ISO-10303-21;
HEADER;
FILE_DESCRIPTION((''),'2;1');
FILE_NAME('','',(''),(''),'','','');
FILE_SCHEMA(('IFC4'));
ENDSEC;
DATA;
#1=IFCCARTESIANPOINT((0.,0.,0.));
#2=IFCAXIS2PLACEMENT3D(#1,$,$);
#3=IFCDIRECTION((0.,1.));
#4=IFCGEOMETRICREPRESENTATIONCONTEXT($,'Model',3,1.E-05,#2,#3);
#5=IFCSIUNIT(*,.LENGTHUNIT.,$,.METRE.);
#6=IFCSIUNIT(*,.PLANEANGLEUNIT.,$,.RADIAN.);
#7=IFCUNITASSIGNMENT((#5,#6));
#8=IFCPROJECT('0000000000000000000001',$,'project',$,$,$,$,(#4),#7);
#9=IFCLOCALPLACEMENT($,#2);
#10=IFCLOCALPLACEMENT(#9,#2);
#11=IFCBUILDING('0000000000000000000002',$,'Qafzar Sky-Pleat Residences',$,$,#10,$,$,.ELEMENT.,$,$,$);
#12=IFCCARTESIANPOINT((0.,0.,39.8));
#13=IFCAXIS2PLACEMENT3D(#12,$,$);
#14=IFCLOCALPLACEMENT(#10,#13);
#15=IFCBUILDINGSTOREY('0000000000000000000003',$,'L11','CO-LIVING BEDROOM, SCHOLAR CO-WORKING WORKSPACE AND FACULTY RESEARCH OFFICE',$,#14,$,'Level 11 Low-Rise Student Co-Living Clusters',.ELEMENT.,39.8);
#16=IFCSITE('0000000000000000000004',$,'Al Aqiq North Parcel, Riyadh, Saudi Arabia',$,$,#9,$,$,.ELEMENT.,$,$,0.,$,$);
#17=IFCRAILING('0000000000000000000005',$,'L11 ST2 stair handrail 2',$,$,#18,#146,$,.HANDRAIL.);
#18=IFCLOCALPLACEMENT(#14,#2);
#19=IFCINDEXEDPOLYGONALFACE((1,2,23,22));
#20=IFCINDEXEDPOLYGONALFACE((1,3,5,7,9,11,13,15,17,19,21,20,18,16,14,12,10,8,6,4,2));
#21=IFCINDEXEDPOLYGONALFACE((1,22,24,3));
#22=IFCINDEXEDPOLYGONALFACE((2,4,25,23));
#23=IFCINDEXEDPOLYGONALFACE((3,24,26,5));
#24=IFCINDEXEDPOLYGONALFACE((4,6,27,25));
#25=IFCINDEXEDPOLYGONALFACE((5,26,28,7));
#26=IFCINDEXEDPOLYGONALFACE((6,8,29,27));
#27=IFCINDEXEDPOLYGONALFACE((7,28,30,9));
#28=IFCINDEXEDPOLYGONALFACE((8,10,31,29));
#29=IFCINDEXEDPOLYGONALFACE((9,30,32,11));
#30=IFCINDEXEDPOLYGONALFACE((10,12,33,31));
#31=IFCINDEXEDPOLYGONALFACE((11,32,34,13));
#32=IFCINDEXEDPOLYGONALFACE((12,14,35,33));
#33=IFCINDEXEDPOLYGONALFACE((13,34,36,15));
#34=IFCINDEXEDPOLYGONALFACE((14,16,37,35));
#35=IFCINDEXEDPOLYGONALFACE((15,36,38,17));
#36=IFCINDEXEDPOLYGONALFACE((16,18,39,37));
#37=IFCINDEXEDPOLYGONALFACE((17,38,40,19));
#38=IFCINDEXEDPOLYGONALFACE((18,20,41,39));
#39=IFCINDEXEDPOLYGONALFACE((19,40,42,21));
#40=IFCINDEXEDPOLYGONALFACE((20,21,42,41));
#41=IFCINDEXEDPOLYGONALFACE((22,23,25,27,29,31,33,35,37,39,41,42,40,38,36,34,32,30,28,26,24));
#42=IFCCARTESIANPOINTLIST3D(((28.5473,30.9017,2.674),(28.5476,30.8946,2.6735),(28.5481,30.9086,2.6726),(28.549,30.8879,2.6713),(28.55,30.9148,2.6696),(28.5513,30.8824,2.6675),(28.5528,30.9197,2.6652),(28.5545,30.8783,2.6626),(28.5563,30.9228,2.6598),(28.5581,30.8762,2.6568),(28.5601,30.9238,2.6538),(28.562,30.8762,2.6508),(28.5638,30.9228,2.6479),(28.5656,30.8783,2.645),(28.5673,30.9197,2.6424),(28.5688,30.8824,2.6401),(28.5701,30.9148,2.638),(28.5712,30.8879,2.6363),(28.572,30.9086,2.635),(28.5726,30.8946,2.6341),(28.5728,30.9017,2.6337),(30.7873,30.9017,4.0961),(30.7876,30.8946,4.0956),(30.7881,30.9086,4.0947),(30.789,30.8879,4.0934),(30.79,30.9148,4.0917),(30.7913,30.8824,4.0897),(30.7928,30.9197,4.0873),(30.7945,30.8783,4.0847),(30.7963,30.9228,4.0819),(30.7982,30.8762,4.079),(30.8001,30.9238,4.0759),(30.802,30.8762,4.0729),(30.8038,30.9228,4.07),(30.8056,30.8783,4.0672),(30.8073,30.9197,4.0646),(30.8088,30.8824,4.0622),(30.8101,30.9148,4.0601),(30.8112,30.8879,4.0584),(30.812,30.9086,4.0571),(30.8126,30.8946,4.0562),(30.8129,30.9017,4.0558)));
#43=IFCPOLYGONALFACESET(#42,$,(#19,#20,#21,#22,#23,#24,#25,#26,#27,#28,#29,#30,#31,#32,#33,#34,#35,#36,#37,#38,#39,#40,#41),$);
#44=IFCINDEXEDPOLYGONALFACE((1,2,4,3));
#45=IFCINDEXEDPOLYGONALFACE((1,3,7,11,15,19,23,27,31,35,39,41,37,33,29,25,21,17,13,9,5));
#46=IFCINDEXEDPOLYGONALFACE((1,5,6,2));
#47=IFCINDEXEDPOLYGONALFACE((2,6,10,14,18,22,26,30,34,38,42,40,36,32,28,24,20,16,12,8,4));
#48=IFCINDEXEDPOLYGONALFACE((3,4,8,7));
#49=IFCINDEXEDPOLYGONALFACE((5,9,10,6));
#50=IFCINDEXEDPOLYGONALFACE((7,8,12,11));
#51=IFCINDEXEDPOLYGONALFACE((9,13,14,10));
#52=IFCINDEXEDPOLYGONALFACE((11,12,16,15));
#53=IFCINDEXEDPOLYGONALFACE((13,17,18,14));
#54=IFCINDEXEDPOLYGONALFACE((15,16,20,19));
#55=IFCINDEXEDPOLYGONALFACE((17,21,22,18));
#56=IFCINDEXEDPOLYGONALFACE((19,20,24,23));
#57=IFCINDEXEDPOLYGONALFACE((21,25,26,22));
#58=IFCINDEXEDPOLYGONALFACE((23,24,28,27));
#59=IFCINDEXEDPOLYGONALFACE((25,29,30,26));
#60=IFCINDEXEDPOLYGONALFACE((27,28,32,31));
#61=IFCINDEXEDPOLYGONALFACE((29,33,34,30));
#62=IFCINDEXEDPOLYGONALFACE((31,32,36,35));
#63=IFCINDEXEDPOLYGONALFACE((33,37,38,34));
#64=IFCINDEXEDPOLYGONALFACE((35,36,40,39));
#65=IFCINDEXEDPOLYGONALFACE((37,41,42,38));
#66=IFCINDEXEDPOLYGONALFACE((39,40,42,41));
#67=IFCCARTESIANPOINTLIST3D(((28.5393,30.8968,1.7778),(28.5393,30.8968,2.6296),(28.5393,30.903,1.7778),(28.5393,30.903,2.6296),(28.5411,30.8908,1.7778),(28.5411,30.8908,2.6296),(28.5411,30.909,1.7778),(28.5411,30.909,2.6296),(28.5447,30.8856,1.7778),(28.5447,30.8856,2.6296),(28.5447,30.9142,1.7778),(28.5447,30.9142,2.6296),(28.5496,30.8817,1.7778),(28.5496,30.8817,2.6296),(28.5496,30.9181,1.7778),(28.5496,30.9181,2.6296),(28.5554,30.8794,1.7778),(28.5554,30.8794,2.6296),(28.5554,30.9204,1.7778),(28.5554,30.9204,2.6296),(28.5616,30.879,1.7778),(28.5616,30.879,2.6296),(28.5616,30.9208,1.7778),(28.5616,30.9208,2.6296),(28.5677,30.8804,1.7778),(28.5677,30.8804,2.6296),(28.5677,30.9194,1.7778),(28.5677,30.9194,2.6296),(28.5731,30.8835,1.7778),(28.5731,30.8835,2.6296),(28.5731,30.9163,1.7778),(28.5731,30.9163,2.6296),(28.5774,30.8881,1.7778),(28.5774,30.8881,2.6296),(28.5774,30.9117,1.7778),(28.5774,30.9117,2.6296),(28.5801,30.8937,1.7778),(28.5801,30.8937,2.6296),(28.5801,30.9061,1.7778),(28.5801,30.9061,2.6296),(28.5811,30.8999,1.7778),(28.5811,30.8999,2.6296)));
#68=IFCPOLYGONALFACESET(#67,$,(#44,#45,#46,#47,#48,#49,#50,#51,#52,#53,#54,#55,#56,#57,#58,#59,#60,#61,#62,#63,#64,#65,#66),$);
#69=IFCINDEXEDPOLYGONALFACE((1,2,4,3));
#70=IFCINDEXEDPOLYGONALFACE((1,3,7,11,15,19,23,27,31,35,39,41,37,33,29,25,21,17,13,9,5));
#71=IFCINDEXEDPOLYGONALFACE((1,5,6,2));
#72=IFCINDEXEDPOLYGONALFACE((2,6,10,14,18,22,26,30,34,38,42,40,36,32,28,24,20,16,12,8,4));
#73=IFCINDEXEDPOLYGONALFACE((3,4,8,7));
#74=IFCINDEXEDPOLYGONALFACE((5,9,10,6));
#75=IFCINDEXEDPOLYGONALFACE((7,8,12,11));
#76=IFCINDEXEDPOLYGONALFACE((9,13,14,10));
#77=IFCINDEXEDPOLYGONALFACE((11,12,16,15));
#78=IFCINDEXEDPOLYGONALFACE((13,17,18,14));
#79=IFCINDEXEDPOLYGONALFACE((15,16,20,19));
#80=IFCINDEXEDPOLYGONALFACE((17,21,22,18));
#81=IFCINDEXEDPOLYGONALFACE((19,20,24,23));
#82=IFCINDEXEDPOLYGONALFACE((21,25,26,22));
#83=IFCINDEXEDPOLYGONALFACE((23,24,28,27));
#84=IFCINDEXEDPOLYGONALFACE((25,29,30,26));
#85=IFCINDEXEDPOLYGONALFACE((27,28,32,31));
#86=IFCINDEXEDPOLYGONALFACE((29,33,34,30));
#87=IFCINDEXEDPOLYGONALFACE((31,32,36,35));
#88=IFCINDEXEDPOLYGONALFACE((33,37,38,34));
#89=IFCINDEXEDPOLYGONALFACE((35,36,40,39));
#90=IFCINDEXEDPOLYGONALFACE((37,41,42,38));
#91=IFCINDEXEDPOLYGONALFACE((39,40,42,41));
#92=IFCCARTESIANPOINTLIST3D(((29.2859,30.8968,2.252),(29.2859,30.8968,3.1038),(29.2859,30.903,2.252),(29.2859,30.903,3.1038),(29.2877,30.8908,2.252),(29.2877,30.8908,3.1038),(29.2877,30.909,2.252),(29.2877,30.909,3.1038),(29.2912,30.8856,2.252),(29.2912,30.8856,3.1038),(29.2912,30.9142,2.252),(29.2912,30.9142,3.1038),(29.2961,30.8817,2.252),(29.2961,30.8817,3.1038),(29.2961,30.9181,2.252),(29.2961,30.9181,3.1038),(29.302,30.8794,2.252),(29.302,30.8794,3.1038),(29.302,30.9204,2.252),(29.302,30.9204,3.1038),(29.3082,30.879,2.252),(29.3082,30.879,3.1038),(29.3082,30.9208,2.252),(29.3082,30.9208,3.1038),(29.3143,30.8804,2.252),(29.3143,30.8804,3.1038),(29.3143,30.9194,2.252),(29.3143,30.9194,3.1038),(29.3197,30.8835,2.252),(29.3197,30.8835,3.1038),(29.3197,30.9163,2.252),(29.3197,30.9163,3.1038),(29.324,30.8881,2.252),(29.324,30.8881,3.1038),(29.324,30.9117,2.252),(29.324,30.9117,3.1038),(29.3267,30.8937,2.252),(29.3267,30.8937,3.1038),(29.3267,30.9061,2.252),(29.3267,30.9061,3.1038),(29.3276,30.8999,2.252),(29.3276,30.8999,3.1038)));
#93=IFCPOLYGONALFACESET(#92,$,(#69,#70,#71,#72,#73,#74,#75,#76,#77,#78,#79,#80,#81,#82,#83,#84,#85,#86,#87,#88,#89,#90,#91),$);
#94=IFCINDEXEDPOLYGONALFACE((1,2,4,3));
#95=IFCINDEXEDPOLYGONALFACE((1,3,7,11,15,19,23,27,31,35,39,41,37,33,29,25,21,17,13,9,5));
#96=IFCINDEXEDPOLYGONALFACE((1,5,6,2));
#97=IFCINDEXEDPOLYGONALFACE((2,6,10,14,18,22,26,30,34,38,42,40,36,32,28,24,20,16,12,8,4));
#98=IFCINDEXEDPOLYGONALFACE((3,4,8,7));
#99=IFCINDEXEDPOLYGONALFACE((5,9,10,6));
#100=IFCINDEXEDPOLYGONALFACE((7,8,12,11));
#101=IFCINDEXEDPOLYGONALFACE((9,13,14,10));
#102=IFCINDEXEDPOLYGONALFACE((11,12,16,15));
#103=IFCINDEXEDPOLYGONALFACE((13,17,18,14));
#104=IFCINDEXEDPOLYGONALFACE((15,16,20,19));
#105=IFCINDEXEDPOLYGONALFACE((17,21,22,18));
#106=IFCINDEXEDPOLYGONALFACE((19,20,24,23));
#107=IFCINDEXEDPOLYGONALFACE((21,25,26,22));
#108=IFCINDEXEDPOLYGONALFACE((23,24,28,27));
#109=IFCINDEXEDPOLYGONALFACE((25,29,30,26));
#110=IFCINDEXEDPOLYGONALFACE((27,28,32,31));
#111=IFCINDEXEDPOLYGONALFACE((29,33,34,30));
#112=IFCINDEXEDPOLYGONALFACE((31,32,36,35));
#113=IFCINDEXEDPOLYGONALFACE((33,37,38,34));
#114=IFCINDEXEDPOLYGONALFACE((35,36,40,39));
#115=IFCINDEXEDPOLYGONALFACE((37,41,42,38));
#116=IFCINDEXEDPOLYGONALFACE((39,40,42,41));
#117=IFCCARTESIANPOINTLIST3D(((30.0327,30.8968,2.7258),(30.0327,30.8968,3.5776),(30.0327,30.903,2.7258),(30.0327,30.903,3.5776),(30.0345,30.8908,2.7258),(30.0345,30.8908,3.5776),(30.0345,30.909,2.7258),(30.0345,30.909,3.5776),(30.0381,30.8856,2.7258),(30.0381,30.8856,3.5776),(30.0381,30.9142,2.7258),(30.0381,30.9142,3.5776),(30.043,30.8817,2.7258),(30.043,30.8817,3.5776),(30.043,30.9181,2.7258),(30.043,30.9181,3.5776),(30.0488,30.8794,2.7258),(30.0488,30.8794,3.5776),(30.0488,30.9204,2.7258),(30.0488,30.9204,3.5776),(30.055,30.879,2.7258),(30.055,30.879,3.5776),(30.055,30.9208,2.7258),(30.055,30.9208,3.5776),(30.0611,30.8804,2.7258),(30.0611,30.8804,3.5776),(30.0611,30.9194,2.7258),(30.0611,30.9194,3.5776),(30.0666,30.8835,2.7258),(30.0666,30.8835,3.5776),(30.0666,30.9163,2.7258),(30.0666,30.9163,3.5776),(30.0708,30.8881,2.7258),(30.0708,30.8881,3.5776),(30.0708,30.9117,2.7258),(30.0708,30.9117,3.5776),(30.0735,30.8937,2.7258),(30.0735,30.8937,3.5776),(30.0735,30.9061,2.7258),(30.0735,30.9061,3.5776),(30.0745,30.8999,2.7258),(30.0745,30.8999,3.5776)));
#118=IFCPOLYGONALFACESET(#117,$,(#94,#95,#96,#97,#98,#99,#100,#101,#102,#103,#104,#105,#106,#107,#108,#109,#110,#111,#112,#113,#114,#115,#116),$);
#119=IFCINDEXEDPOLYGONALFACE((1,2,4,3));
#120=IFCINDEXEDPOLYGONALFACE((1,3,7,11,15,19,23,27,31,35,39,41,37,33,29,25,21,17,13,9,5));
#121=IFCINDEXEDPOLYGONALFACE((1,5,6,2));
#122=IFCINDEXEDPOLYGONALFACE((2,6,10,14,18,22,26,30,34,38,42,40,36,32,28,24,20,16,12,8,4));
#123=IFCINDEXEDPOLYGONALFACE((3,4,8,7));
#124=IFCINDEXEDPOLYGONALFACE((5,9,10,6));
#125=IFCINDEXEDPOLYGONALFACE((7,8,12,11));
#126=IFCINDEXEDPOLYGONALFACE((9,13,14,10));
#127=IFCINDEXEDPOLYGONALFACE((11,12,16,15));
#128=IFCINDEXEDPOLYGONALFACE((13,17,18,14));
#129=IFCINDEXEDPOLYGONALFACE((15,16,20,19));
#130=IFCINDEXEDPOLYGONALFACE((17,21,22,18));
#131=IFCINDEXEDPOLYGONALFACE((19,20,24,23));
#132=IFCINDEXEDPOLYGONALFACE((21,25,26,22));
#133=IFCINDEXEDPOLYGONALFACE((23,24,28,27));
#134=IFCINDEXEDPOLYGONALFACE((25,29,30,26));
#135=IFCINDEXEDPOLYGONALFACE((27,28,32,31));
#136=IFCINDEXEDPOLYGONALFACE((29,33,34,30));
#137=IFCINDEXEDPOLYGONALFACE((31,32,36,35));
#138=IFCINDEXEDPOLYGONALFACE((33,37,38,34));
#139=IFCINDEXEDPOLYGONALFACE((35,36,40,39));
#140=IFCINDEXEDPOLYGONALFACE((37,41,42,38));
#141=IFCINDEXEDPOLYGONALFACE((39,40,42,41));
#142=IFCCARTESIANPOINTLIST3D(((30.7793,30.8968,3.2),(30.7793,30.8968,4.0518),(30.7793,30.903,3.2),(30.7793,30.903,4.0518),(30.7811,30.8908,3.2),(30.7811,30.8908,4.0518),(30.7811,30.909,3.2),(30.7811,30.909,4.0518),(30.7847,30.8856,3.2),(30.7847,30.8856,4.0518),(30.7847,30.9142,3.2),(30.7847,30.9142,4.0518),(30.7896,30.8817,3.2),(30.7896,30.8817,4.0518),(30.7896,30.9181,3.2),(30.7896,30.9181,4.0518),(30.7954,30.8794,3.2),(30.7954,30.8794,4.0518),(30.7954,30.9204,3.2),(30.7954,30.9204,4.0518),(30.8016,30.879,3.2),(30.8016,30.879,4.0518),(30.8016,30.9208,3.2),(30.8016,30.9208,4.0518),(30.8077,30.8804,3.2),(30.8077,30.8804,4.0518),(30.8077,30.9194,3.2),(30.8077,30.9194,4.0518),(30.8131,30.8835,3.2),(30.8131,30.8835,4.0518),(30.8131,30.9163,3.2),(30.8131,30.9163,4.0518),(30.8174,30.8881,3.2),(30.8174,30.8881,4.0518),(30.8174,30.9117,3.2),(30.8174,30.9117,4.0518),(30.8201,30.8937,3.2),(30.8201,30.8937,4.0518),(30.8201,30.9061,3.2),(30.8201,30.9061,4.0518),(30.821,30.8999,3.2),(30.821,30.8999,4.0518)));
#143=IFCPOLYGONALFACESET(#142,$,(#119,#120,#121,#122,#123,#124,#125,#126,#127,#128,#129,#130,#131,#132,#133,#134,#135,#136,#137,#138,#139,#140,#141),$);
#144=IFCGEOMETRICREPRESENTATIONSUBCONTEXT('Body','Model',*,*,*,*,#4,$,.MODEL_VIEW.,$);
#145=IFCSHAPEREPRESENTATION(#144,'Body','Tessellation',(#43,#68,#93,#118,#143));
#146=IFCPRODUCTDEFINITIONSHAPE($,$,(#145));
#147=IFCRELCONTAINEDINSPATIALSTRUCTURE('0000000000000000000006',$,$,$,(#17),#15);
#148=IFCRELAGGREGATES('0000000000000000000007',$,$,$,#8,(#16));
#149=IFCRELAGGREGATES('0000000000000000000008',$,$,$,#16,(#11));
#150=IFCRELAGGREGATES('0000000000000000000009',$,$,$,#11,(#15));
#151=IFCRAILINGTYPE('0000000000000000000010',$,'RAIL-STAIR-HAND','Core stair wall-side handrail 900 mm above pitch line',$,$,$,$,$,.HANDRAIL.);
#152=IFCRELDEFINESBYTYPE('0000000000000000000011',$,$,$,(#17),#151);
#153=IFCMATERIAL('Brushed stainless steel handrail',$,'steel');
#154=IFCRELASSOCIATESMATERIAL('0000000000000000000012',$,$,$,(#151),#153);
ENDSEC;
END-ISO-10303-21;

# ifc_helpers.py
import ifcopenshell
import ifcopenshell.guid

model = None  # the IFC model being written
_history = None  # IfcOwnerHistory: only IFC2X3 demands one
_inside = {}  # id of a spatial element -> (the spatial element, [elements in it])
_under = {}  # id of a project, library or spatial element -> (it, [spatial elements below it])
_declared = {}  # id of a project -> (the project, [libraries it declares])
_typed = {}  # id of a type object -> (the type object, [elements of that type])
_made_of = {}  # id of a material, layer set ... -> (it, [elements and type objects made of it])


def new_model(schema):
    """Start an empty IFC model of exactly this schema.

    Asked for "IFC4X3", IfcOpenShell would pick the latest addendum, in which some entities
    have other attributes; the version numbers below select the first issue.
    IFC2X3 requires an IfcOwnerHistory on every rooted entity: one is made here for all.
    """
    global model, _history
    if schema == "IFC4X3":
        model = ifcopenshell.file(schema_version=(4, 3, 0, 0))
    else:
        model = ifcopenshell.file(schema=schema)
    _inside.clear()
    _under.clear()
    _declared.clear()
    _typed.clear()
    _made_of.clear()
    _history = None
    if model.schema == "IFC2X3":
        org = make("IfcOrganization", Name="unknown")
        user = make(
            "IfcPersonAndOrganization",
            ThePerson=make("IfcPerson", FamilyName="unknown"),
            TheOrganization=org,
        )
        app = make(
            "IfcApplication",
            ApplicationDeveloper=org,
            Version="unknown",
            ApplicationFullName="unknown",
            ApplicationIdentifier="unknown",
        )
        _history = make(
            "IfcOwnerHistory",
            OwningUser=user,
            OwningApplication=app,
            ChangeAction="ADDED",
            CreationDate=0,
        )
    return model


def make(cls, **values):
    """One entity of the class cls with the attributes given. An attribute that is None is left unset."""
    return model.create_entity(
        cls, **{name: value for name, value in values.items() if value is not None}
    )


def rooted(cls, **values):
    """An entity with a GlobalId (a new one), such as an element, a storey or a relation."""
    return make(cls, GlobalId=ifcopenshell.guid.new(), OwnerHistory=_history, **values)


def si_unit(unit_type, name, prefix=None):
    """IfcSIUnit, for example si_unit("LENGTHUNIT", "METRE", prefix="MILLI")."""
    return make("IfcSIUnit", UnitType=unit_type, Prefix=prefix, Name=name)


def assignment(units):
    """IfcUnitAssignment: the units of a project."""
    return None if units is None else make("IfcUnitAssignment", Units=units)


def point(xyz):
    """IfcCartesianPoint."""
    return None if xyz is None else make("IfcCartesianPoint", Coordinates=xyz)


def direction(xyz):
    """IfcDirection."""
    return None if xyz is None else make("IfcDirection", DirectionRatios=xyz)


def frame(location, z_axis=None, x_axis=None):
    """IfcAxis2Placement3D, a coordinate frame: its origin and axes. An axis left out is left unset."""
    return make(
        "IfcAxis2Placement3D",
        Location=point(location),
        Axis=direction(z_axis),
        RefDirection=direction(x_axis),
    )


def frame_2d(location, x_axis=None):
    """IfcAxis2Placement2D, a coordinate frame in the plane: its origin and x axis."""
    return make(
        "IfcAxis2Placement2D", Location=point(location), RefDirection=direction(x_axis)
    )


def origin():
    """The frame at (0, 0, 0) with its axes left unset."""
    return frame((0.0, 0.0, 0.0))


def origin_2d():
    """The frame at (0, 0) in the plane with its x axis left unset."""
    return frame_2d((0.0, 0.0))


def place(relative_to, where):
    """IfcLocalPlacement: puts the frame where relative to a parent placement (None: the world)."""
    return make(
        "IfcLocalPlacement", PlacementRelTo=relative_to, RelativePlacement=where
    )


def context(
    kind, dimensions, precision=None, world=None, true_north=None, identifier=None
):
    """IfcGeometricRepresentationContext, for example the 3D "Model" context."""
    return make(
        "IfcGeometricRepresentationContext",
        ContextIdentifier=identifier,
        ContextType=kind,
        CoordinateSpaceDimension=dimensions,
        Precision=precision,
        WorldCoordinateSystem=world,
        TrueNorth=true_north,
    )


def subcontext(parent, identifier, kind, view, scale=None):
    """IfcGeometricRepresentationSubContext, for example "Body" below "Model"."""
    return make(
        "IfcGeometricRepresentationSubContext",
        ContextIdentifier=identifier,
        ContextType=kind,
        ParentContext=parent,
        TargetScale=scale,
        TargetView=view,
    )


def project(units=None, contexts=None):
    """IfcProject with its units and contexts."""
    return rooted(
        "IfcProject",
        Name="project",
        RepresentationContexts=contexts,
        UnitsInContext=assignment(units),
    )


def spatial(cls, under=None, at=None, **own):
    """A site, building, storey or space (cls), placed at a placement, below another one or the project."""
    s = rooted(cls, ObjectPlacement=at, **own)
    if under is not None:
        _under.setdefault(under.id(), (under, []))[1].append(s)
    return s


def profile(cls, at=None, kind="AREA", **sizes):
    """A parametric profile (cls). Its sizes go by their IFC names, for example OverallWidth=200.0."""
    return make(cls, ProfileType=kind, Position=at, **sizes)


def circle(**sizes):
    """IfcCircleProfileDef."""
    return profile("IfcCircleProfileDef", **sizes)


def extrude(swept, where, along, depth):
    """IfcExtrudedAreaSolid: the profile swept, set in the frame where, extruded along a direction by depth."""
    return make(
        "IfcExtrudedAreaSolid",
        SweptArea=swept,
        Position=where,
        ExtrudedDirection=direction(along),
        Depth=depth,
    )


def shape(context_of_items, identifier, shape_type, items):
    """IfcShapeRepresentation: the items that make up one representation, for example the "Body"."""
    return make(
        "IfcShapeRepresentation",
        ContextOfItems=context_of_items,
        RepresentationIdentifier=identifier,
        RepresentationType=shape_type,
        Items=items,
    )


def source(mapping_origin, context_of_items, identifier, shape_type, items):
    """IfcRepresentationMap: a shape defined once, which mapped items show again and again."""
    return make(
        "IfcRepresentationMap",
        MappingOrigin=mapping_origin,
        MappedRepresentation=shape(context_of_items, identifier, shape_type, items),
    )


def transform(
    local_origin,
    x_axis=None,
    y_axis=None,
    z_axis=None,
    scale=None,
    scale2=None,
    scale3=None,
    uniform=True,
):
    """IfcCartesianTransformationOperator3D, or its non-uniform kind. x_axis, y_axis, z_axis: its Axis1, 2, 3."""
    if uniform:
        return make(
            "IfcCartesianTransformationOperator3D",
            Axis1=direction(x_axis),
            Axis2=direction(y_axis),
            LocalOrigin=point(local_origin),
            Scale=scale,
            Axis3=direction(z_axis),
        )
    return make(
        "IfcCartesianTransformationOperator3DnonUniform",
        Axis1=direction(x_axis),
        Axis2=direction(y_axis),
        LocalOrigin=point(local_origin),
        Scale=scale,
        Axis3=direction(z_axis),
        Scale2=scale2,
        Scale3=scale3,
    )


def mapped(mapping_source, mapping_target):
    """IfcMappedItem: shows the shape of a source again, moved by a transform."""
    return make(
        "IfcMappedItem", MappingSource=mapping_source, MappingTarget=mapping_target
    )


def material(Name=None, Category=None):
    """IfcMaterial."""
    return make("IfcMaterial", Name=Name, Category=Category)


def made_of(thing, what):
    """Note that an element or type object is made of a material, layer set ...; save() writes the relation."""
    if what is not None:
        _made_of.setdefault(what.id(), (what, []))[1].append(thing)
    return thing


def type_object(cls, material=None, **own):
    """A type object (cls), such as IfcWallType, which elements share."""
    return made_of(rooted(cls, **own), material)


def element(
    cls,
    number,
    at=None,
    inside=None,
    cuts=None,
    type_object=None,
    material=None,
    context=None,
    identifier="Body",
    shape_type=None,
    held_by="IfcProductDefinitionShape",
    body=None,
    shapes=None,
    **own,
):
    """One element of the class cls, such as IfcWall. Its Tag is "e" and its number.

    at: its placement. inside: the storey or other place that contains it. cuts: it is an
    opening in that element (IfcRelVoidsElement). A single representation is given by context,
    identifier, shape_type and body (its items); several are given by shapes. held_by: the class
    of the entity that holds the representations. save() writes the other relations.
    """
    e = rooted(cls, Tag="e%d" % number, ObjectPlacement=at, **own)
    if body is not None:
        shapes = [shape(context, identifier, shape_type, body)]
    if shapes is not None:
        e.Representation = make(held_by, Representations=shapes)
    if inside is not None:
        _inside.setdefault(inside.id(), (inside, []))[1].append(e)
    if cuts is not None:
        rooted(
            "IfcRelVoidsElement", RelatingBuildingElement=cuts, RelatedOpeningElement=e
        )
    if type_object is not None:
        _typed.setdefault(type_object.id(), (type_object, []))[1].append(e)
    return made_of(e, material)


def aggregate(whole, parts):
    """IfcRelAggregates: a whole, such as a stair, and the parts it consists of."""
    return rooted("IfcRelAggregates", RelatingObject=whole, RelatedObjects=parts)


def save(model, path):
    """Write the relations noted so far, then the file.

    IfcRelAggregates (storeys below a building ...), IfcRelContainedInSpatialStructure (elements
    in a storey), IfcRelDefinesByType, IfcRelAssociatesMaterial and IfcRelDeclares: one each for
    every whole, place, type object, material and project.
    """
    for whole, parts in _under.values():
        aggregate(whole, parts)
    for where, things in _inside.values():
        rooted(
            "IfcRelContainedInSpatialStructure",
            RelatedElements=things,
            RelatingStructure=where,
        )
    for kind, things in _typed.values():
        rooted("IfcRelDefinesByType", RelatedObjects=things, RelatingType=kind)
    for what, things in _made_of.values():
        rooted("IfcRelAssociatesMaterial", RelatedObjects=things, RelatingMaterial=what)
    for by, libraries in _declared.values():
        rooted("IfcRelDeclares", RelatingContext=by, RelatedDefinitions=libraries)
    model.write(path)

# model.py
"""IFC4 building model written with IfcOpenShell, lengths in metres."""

from ifc_helpers import new_model, si_unit, direction, frame, origin, origin_2d, place, context, subcontext, project, spatial, circle, extrude, source, transform, mapped, material, type_object, element, save


model = new_model("IFC4")

# Units and contexts
model_context = context("Model", 3, precision=1e-05, world=origin(), true_north=direction((0.0, 1.0)))
body_context = subcontext(model_context, "Body", "Model", "MODEL_VIEW")
ifc_project = project(units=[si_unit("LENGTHUNIT", "METRE"), si_unit("PLANEANGLEUNIT", "RADIAN")], contexts=[model_context])

# Site, building, storey
site_placement = place(None, origin())
site = spatial("IfcSite", under=ifc_project, at=site_placement, Name="Al Aqiq North Parcel, Riyadh, Saudi Arabia", CompositionType="ELEMENT", RefElevation=0.0)
building_placement = place(site_placement, origin())
building = spatial("IfcBuilding", under=site, at=building_placement, Name="Qafzar Sky-Pleat Residences", CompositionType="ELEMENT")
storey_placement = place(building_placement, frame((0.0, 0.0, 39.8)))
storey = spatial("IfcBuildingStorey", under=building, at=storey_placement, Name="L11", Description="CO-LIVING BEDROOM, SCHOLAR CO-WORKING WORKSPACE AND FACULTY RESEARCH OFFICE", LongName="Level 11 Low-Rise Student Co-Living Clusters", CompositionType="ELEMENT", Elevation=39.8)

# Railing
ifc_material_1 = material(Name="Brushed stainless steel handrail", Category="steel")
railing_type_1 = type_object("IfcRailingType", Name="RAIL-STAIR-HAND", Description="Core stair wall-side handrail 900 mm above pitch line", PredefinedType="HANDRAIL", material=ifc_material_1)
shared_shape_1 = source(origin(), body_context, "Body", "SweptSolid", [
    extrude(circle(Radius=0.0239, at=origin_2d()), frame((0.0, 0.0, 0.876), z_axis=(0.844229, 0.0, 0.535982), x_axis=(0.0, 1.0, 0.0)), (0.0, 0.0, 1.0), 2.6533),
    extrude(circle(Radius=0.021, at=origin_2d()), origin(), (0.0, 0.0, 1.0), 0.8518),
    extrude(circle(Radius=0.021, at=origin_2d()), frame((0.7466, 0.0, 0.4741)), (0.0, 0.0, 1.0), 0.8518),
    extrude(circle(Radius=0.021, at=origin_2d()), frame((1.4934, 0.0, 0.948)), (0.0, 0.0, 1.0), 0.8518),
    extrude(circle(Radius=0.021, at=origin_2d()), frame((2.24, 0.0, 1.4221)), (0.0, 0.0, 1.0), 0.8518),
])
railing_1_placement = place(storey_placement, frame((28.5601, 30.8999, 1.7778)))
element("IfcRailing", 1, at=railing_1_placement, inside=storey, type_object=railing_type_1, Name="L11 ST2 stair handrail 2", PredefinedType="HANDRAIL", context=body_context, shape_type="MappedRepresentation", body=[
    mapped(shared_shape_1, transform((0.0, 0.0, 0.0), x_axis=(1.0, 0.0, 0.0), y_axis=(0.0, 1.0, 0.0), z_axis=(0.0, 0.0, 1.0), scale=1.0)),
])

save(model, "model.ifc")
